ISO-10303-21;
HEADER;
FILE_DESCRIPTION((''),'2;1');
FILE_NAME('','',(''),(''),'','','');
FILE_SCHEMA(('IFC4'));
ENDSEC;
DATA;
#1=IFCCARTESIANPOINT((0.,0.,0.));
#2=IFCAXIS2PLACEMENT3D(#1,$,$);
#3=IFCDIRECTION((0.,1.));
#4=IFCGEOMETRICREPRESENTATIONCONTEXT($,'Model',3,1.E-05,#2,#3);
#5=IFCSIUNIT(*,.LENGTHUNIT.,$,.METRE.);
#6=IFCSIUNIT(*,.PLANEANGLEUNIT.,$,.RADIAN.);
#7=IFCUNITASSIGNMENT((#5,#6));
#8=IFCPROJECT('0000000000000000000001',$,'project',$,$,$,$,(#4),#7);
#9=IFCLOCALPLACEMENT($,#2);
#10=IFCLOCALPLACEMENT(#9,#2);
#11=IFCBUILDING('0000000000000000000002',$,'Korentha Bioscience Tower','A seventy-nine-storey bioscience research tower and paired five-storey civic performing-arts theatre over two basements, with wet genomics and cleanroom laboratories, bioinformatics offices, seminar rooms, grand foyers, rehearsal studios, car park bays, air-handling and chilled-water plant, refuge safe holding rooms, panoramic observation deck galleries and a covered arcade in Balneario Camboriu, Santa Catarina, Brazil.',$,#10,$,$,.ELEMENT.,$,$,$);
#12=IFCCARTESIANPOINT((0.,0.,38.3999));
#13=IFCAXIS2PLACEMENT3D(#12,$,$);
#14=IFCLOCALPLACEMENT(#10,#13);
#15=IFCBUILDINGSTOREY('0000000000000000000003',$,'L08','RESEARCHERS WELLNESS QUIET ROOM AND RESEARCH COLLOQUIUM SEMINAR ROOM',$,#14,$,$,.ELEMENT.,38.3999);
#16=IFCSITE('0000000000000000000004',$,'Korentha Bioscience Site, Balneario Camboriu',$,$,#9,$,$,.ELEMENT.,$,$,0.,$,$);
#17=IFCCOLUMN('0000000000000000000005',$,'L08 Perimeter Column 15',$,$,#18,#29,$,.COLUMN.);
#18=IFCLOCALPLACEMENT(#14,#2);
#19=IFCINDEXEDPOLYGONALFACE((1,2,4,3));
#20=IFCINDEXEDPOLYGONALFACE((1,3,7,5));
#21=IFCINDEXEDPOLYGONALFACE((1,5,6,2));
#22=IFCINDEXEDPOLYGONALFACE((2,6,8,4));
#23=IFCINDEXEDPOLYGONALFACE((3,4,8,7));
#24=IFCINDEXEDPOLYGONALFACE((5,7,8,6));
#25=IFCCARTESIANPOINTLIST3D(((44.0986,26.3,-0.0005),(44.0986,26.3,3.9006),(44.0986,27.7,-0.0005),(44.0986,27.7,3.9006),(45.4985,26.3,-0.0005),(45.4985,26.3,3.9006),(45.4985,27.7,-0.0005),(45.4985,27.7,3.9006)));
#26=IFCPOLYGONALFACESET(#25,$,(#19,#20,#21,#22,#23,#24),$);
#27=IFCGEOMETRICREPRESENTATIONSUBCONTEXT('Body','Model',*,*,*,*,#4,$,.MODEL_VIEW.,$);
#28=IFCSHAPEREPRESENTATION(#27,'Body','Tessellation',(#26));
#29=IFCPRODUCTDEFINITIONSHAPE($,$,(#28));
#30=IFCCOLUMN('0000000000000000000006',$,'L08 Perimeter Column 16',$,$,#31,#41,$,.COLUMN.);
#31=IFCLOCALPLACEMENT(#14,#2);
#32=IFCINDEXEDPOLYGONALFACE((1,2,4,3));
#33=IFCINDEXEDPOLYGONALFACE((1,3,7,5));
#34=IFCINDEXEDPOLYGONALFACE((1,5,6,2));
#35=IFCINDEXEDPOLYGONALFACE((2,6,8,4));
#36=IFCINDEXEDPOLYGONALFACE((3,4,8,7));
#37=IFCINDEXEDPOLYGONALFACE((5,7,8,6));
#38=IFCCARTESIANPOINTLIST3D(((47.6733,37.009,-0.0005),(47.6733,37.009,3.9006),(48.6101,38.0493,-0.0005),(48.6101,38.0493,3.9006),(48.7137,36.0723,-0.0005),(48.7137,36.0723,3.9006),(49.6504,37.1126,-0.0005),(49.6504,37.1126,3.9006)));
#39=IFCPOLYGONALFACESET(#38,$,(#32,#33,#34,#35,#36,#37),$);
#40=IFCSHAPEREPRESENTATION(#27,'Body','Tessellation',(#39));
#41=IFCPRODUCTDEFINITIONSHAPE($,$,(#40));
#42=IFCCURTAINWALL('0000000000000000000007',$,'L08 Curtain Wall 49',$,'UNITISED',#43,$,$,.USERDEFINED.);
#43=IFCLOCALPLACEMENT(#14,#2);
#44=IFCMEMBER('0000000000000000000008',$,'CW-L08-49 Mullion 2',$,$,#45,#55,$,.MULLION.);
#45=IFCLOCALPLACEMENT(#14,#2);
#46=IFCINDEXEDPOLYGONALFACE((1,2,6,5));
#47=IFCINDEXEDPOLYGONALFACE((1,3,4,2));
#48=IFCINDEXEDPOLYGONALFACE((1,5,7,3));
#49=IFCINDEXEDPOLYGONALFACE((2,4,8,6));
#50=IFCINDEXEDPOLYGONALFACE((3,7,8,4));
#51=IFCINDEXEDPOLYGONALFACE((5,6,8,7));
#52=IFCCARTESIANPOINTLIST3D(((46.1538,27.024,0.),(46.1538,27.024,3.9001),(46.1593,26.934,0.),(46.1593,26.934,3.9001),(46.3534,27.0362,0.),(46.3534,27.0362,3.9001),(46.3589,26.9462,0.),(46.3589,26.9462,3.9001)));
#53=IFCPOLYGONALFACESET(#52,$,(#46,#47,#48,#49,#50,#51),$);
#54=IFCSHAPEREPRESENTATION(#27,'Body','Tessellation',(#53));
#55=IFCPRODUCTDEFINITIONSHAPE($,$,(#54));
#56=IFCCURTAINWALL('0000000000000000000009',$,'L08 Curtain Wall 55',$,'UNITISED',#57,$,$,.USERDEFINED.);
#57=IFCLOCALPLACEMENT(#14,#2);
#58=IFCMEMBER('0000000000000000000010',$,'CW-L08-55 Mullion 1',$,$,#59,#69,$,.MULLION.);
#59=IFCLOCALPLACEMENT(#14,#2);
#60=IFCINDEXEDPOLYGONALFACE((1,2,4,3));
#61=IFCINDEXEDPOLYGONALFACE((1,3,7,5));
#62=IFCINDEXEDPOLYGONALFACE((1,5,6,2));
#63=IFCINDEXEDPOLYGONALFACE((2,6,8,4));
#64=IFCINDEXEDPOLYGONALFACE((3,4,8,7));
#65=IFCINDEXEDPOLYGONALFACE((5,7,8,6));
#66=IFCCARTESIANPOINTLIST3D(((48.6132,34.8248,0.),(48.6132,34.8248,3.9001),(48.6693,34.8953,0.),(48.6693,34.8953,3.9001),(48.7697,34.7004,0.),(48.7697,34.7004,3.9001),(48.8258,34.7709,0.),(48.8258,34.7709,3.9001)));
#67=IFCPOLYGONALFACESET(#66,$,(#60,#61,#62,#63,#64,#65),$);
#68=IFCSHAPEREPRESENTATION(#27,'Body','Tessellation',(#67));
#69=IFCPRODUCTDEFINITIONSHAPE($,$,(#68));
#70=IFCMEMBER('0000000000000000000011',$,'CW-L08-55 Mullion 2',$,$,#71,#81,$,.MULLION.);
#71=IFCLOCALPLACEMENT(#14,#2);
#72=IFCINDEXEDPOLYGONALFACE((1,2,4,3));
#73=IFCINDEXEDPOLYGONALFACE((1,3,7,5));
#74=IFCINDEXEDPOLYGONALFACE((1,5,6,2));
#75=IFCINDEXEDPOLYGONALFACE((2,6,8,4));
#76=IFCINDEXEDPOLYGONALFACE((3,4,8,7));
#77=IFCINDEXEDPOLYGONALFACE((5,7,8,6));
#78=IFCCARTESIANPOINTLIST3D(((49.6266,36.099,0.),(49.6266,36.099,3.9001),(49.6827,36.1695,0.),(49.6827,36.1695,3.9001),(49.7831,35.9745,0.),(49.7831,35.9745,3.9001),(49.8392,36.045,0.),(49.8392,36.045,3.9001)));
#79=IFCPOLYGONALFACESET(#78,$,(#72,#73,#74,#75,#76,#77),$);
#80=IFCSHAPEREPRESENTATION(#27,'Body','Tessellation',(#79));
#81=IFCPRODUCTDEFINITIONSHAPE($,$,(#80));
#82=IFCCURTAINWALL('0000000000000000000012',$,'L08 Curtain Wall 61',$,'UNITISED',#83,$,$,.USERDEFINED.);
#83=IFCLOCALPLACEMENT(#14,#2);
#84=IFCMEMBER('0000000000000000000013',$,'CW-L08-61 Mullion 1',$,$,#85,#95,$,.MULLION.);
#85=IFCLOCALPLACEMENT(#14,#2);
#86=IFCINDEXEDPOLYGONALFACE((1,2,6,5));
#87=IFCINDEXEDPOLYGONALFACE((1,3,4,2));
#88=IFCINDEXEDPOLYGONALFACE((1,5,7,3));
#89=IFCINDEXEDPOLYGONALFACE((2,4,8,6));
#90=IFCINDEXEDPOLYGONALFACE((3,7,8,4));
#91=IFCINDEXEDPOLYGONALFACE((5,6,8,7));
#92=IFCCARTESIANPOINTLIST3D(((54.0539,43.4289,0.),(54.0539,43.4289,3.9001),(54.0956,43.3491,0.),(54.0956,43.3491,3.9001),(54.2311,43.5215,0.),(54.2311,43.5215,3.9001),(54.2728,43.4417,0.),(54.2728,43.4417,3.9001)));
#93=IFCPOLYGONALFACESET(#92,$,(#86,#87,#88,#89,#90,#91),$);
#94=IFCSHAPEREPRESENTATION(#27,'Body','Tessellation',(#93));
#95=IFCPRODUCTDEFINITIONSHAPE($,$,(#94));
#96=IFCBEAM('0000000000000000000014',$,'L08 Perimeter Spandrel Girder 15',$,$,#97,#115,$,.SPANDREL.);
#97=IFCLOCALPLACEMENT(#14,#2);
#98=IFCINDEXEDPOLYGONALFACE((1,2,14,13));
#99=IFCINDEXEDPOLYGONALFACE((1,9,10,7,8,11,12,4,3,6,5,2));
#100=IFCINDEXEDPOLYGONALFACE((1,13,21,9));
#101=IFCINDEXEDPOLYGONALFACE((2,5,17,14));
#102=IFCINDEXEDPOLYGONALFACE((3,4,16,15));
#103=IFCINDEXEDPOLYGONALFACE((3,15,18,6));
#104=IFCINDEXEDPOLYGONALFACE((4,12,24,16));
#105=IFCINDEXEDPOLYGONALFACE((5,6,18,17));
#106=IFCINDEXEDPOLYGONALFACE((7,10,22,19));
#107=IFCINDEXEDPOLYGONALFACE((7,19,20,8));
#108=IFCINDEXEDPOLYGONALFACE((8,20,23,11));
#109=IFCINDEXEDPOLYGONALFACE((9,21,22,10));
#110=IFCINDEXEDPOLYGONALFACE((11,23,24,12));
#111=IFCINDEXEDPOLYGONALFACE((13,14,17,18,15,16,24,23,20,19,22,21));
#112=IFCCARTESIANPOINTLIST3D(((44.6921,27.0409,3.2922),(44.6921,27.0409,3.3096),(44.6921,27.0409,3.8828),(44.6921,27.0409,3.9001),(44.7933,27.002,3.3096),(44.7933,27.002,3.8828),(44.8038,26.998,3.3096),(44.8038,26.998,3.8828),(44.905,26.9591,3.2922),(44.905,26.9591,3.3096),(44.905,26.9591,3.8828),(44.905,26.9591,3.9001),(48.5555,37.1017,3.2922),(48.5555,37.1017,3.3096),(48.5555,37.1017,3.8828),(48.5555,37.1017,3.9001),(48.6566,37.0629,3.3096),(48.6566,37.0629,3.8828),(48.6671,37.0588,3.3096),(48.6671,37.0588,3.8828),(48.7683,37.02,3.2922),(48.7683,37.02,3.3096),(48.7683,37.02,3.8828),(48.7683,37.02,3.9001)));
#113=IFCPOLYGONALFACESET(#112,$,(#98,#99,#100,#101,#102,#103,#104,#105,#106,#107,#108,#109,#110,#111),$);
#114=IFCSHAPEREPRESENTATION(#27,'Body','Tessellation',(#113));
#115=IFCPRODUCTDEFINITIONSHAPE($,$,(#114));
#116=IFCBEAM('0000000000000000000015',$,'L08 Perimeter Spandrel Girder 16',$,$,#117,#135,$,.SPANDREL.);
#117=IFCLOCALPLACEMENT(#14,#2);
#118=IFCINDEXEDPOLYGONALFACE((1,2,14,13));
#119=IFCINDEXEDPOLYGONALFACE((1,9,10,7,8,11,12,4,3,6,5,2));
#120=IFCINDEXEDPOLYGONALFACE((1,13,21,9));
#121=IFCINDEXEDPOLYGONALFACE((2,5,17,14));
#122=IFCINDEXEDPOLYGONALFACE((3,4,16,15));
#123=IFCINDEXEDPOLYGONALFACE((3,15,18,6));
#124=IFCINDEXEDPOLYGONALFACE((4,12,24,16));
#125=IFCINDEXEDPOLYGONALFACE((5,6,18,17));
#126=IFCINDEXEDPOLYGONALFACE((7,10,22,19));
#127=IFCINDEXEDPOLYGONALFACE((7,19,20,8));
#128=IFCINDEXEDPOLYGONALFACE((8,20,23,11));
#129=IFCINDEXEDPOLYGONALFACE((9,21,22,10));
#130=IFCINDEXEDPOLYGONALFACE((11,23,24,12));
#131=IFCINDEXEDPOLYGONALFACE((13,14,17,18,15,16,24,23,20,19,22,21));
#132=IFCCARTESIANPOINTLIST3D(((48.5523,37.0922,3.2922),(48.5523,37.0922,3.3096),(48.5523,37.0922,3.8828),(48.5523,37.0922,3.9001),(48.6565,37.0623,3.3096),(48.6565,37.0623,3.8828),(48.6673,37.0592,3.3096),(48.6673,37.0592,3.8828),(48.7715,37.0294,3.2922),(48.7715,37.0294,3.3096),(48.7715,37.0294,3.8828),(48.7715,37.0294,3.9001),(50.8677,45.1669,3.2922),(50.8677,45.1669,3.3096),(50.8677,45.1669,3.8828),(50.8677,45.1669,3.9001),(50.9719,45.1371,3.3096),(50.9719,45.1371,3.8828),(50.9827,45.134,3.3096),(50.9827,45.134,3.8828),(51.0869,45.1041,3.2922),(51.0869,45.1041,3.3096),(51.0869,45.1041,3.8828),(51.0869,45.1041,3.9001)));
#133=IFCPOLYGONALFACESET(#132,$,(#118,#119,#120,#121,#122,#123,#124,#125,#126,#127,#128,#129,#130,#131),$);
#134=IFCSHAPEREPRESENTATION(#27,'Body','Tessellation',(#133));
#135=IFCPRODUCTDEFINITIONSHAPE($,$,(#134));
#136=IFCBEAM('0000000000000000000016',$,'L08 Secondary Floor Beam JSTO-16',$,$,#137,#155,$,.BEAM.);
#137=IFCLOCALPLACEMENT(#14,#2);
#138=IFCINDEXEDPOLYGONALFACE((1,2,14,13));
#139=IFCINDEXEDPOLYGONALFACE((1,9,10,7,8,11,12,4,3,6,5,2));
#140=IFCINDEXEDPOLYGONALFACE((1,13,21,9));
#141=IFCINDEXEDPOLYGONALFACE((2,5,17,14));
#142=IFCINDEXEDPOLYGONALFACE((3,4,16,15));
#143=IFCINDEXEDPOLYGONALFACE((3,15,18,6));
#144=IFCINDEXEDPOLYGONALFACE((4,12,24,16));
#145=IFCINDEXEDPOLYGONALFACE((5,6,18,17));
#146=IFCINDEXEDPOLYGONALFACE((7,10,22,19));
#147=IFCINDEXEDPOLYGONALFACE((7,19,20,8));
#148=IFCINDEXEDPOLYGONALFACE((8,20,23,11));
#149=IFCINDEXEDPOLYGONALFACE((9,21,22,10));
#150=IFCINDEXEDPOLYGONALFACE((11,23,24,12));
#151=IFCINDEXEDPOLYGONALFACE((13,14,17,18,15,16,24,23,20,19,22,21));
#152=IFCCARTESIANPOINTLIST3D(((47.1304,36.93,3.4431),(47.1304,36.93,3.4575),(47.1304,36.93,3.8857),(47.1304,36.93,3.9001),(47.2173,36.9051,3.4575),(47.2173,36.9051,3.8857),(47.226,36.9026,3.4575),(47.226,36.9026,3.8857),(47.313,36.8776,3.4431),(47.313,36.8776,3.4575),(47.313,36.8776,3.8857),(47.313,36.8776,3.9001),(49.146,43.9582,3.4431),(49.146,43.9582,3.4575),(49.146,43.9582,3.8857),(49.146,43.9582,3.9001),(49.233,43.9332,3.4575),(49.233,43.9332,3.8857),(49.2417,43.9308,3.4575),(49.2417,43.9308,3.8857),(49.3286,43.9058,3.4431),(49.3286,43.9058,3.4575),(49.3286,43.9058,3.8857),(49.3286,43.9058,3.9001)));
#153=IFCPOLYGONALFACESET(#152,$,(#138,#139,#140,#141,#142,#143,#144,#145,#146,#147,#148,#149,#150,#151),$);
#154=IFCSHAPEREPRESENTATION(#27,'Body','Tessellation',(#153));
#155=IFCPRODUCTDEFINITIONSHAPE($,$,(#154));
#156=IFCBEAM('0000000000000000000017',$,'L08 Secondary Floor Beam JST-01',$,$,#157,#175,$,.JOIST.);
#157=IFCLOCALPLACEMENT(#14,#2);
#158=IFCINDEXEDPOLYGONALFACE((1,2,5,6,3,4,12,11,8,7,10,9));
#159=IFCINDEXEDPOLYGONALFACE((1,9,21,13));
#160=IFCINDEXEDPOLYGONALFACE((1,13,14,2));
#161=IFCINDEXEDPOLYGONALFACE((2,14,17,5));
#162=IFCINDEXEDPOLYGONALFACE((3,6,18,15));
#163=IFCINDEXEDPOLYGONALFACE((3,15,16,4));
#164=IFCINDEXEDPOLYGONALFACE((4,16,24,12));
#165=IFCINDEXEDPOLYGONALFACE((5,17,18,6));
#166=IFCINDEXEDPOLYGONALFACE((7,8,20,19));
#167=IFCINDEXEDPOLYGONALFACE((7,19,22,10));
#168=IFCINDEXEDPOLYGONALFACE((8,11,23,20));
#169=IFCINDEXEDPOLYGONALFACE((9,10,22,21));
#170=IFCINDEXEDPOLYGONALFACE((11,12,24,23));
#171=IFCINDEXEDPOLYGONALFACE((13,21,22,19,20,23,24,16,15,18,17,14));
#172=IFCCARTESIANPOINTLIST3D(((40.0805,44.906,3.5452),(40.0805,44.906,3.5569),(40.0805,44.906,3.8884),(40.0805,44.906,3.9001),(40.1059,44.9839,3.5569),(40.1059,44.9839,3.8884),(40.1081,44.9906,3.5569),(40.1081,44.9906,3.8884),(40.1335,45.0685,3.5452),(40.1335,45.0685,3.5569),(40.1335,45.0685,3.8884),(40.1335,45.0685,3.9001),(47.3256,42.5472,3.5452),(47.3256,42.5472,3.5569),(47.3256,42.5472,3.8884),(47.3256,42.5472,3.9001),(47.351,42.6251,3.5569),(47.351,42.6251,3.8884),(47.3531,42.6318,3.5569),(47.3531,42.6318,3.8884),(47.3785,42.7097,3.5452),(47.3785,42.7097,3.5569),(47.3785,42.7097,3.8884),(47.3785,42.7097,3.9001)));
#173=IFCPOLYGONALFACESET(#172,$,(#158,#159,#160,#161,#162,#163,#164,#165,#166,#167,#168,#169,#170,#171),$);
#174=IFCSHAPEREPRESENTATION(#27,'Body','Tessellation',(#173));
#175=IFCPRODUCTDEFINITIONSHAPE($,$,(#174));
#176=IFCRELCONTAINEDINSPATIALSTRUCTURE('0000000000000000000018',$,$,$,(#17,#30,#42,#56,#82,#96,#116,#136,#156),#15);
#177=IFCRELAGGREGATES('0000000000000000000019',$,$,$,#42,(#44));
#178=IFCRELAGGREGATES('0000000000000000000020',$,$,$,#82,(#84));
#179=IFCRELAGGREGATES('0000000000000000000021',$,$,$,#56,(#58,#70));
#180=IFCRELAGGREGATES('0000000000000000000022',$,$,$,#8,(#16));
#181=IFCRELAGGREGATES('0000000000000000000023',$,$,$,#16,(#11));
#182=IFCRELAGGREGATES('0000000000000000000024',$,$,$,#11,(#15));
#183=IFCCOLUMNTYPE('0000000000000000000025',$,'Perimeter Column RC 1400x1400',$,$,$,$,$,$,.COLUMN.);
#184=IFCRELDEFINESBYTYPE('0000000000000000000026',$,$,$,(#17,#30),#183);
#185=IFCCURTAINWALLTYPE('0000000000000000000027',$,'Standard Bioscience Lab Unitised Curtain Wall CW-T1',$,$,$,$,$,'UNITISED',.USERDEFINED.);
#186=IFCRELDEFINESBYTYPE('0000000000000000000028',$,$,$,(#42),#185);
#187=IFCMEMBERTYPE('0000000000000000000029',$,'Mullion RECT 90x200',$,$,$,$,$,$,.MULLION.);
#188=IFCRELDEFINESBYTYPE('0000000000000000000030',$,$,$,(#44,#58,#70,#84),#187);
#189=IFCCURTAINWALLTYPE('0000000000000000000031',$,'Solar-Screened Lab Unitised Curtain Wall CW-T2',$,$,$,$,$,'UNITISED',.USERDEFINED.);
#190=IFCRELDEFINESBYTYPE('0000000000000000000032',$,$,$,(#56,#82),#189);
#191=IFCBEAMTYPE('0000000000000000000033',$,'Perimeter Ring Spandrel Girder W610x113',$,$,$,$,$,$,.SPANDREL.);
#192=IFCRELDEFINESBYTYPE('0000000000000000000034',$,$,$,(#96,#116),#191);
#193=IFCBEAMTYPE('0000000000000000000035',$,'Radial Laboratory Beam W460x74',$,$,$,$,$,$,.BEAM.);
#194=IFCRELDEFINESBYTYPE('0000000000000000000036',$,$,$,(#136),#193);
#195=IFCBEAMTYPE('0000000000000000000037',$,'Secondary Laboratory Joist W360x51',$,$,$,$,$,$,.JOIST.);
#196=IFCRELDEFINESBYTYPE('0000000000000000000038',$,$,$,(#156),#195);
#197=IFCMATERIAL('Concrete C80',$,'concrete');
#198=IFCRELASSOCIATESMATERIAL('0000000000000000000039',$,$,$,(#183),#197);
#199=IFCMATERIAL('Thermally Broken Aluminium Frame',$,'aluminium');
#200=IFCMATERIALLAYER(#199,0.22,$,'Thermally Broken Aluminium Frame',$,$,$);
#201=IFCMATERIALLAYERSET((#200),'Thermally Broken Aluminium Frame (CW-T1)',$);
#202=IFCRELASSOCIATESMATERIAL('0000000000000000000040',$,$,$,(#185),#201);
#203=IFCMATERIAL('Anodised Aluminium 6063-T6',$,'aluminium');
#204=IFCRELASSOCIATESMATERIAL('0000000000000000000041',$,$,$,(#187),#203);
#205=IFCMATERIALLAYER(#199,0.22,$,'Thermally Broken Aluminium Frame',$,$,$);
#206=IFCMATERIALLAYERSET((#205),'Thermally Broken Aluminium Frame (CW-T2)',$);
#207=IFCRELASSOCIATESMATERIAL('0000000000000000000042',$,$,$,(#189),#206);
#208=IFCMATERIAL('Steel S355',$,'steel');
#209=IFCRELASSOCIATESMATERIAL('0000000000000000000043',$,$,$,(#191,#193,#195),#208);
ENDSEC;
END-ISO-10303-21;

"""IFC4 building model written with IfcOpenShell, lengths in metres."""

from ifc_helpers import new_model, si_unit, direction, frame, origin, origin_2d, place, context, subcontext, project, spatial, rectangle, i_section, extrude, material, layer, layer_set, material_profile, profile_set, type_object, element, aggregate, save


model = new_model("IFC4")

# Units and contexts
model_context = context("Model", 3, precision=1e-05, world=origin(), true_north=direction((0.0, 1.0)))
body_context = subcontext(model_context, "Body", "Model", "MODEL_VIEW")
ifc_project = project(units=[si_unit("LENGTHUNIT", "METRE"), si_unit("PLANEANGLEUNIT", "RADIAN")], contexts=[model_context])

# Site, building, storey
site_placement = place(None, origin())
site = spatial("IfcSite", under=ifc_project, at=site_placement, Name="Korentha Bioscience Site, Balneario Camboriu", CompositionType="ELEMENT", RefElevation=0.0)
building_placement = place(site_placement, origin())
building = spatial("IfcBuilding", under=site, at=building_placement, Name="Korentha Bioscience Tower", Description="A seventy-nine-storey bioscience research tower and paired five-storey civic performing-arts theatre over two basements, with wet genomics and cleanroom laboratories, bioinformatics offices, seminar rooms, grand foyers, rehearsal studios, car park bays, air-handling and chilled-water plant, refuge safe holding rooms, panoramic observation deck galleries and a covered arcade in Balneario Camboriu, Santa Catarina, Brazil.", CompositionType="ELEMENT")
storey_placement = place(building_placement, frame((0.0, 0.0, 38.3999)))
storey = spatial("IfcBuildingStorey", under=building, at=storey_placement, Name="L08", Description="RESEARCHERS WELLNESS QUIET ROOM AND RESEARCH COLLOQUIUM SEMINAR ROOM", CompositionType="ELEMENT", Elevation=38.3999)

# Columns
ifc_material_1 = material(Name="Concrete C80", Category="concrete")
ifc_material_profile_1 = material_profile(ifc_material_1, rectangle(XDim=1.3999, YDim=1.3999, at=origin_2d()), Name="Concrete C80")
ifc_profile_set_1 = profile_set([ifc_material_profile_1], Name="Concrete C80 (COL-P14)")
column_type = type_object("IfcColumnType", Name="Perimeter Column RC 1400x1400", PredefinedType="COLUMN", material=ifc_profile_set_1)
for number, where, z_axis, x_axis, name in (
    (1, (44.7986, 27.0, -0.0005), (0.0, 0.0, 1.0), (0.0, 1.0, 0.0), "L08 Perimeter Column 15"),
    (2, (48.6619, 37.0608, -0.0005), (0.0, 0.0, 1.0), (0.669131, 0.743145, 0.0), "L08 Perimeter Column 16"),
):
    element("IfcColumn", number, at=place(storey_placement, frame(where, z_axis=z_axis, x_axis=x_axis)), inside=storey, type_object=column_type, Name=name, PredefinedType="COLUMN", context=body_context, shape_type="SweptSolid", body=[
        extrude(rectangle(XDim=1.3999, YDim=1.3999, at=origin_2d()), origin(), (0.0, 0.0, 1.0), 3.9011),
    ])

# Curtain wall, member
ifc_material_2 = material(Name="Thermally Broken Aluminium Frame", Category="aluminium")
ifc_layer_1 = layer(ifc_material_2, 0.22, Name="Thermally Broken Aluminium Frame")
ifc_layer_set_1 = layer_set([ifc_layer_1], Name="Thermally Broken Aluminium Frame (CW-T1)")
curtain_wall_type_1 = type_object("IfcCurtainWallType", Name="Standard Bioscience Lab Unitised Curtain Wall CW-T1", ElementType="UNITISED", PredefinedType="USERDEFINED", material=ifc_layer_set_1)
curtain_wall_1_placement = place(storey_placement, origin())
curtain_wall_1 = element("IfcCurtainWall", 3, at=curtain_wall_1_placement, inside=storey, type_object=curtain_wall_type_1, Name="L08 Curtain Wall 49", ObjectType="UNITISED", PredefinedType="USERDEFINED")
ifc_material_3 = material(Name="Anodised Aluminium 6063-T6", Category="aluminium")
ifc_material_profile_2 = material_profile(ifc_material_3, rectangle(XDim=0.0901, YDim=0.2, at=origin_2d()), Name="Anodised Aluminium 6063-T6")
ifc_profile_set_2 = profile_set([ifc_material_profile_2], Name="Anodised Aluminium 6063-T6 (CW-MUL)")
member_type_1 = type_object("IfcMemberType", Name="Mullion RECT 90x200", PredefinedType="MULLION", material=ifc_profile_set_2)
member_1_placement = place(storey_placement, frame((46.2563, 26.9851, 0.0), z_axis=(0.0, 0.0, 1.0), x_axis=(-0.061008, 0.998137, 0.0)))
member_1 = element("IfcMember", 4, at=member_1_placement, type_object=member_type_1, Name="CW-L08-49 Mullion 2", PredefinedType="MULLION", context=body_context, shape_type="SweptSolid", body=[
    extrude(rectangle(XDim=0.0901, YDim=0.2, at=origin_2d()), origin(), (0.0, 0.0, 1.0), 3.9001),
])
aggregate(curtain_wall_1, [member_1])

# Curtain wall, members
ifc_layer_2 = layer(ifc_material_2, 0.22, Name="Thermally Broken Aluminium Frame")
ifc_layer_set_2 = layer_set([ifc_layer_2], Name="Thermally Broken Aluminium Frame (CW-T2)")
curtain_wall_type_2 = type_object("IfcCurtainWallType", Name="Solar-Screened Lab Unitised Curtain Wall CW-T2", ElementType="UNITISED", PredefinedType="USERDEFINED", material=ifc_layer_set_2)
curtain_wall_2_placement = place(storey_placement, origin())
curtain_wall_2 = element("IfcCurtainWall", 5, at=curtain_wall_2_placement, inside=storey, type_object=curtain_wall_type_2, Name="L08 Curtain Wall 55", ObjectType="UNITISED", PredefinedType="USERDEFINED")
member_2_placement = place(storey_placement, frame((48.7195, 34.7979, 0.0), z_axis=(0.0, 0.0, 1.0), x_axis=(0.62252, 0.782604, 0.0)))
member_2 = element("IfcMember", 6, at=member_2_placement, type_object=member_type_1, Name="CW-L08-55 Mullion 1", PredefinedType="MULLION", context=body_context, shape_type="SweptSolid", body=[
    extrude(rectangle(XDim=0.0901, YDim=0.2, at=origin_2d()), origin(), (0.0, 0.0, 1.0), 3.9001),
])
member_3_placement = place(storey_placement, frame((49.7329, 36.072, 0.0), z_axis=(0.0, 0.0, 1.0), x_axis=(0.62252, 0.782604, 0.0)))
member_3 = element("IfcMember", 7, at=member_3_placement, type_object=member_type_1, Name="CW-L08-55 Mullion 2", PredefinedType="MULLION", context=body_context, shape_type="SweptSolid", body=[
    extrude(rectangle(XDim=0.0901, YDim=0.2, at=origin_2d()), origin(), (0.0, 0.0, 1.0), 3.9001),
])

# Curtain wall, member
curtain_wall_3_placement = place(storey_placement, origin())
curtain_wall_3 = element("IfcCurtainWall", 8, at=curtain_wall_3_placement, inside=storey, type_object=curtain_wall_type_2, Name="L08 Curtain Wall 61", ObjectType="UNITISED", PredefinedType="USERDEFINED")
member_4_placement = place(storey_placement, frame((54.1633, 43.4353, 0.0), z_axis=(0.0, 0.0, 1.0), x_axis=(-0.463009, 0.886354, 0.0)))
member_4 = element("IfcMember", 9, at=member_4_placement, type_object=member_type_1, Name="CW-L08-61 Mullion 1", PredefinedType="MULLION", context=body_context, shape_type="SweptSolid", body=[
    extrude(rectangle(XDim=0.0901, YDim=0.2, at=origin_2d()), origin(), (0.0, 0.0, 1.0), 3.9001),
])

# Beams
ifc_material_4 = material(Name="Steel S355", Category="steel")
ifc_material_profile_3 = material_profile(ifc_material_4, i_section(OverallWidth=0.228, OverallDepth=0.6079, WebThickness=0.0112, FlangeThickness=0.0173, at=origin_2d()), Name="Steel S355")
ifc_profile_set_3 = profile_set([ifc_material_profile_3], Name="Steel S355 (SB-610)")
beam_type_1 = type_object("IfcBeamType", Name="Perimeter Ring Spandrel Girder W610x113", PredefinedType="SPANDREL", material=ifc_profile_set_3)
beam_1_placement = place(storey_placement, frame((44.7986, 27.0, 3.5962), z_axis=(0.358474, 0.93354, 0.0), x_axis=(-0.93354, 0.358474, 0.0)))
element("IfcBeam", 10, at=beam_1_placement, inside=storey, type_object=beam_type_1, Name="L08 Perimeter Spandrel Girder 15", PredefinedType="SPANDREL", context=body_context, shape_type="SweptSolid", body=[
    extrude(i_section(OverallWidth=0.228, OverallDepth=0.6079, WebThickness=0.0112, FlangeThickness=0.0173, at=origin_2d()), origin(), (0.0, 0.0, 1.0), 10.7771),
])
beam_2_placement = place(storey_placement, frame((48.6619, 37.0608, 3.5962), z_axis=(0.275642, 0.96126, 0.0), x_axis=(-0.96126, 0.275642, 0.0)))
element("IfcBeam", 11, at=beam_2_placement, inside=storey, type_object=beam_type_1, Name="L08 Perimeter Spandrel Girder 16", PredefinedType="SPANDREL", context=body_context, shape_type="SweptSolid", body=[
    extrude(i_section(OverallWidth=0.228, OverallDepth=0.6079, WebThickness=0.0112, FlangeThickness=0.0173, at=origin_2d()), origin(), (0.0, 0.0, 1.0), 8.4001),
])
ifc_material_profile_4 = material_profile(ifc_material_4, i_section(OverallWidth=0.1899, OverallDepth=0.457, WebThickness=0.009, FlangeThickness=0.0144, at=origin_2d()), Name="Steel S355")
ifc_profile_set_4 = profile_set([ifc_material_profile_4], Name="Steel S355 (RB-460)")
beam_type_2 = type_object("IfcBeamType", Name="Radial Laboratory Beam W460x74", PredefinedType="BEAM", material=ifc_profile_set_4)
beam_3_placement = place(storey_placement, frame((47.2217, 36.9038, 3.6716), z_axis=(0.275682, 0.961249, 0.0), x_axis=(-0.961249, 0.275682, 0.0)))
element("IfcBeam", 12, at=beam_3_placement, inside=storey, type_object=beam_type_2, Name="L08 Secondary Floor Beam JSTO-16", PredefinedType="BEAM", context=body_context, shape_type="SweptSolid", body=[
    extrude(i_section(OverallWidth=0.1899, OverallDepth=0.457, WebThickness=0.009, FlangeThickness=0.0144, at=origin_2d()), origin(), (0.0, 0.0, 1.0), 7.3115),
])
ifc_material_profile_5 = material_profile(ifc_material_4, i_section(OverallWidth=0.1709, OverallDepth=0.355, WebThickness=0.0071, FlangeThickness=0.0117, at=origin_2d()), Name="Steel S355")
ifc_profile_set_5 = profile_set([ifc_material_profile_5], Name="Steel S355 (JB-360)")
beam_type_3 = type_object("IfcBeamType", Name="Secondary Laboratory Joist W360x51", PredefinedType="JOIST", material=ifc_profile_set_5)
beam_4_placement = place(storey_placement, frame((47.3521, 42.6284, 3.7227), z_axis=(-0.950871, 0.309587, 0.0), x_axis=(-0.309587, -0.950871, 0.0)))
element("IfcBeam", 13, at=beam_4_placement, inside=storey, type_object=beam_type_3, Name="L08 Secondary Floor Beam JST-01", PredefinedType="JOIST", context=body_context, shape_type="SweptSolid", body=[
    extrude(i_section(OverallWidth=0.1709, OverallDepth=0.355, WebThickness=0.0071, FlangeThickness=0.0117, at=origin_2d()), origin(), (0.0, 0.0, 1.0), 7.6194),
])

aggregate(curtain_wall_3, [member_4])

aggregate(curtain_wall_2, [member_2, member_3])

save(model, "model.ifc")
